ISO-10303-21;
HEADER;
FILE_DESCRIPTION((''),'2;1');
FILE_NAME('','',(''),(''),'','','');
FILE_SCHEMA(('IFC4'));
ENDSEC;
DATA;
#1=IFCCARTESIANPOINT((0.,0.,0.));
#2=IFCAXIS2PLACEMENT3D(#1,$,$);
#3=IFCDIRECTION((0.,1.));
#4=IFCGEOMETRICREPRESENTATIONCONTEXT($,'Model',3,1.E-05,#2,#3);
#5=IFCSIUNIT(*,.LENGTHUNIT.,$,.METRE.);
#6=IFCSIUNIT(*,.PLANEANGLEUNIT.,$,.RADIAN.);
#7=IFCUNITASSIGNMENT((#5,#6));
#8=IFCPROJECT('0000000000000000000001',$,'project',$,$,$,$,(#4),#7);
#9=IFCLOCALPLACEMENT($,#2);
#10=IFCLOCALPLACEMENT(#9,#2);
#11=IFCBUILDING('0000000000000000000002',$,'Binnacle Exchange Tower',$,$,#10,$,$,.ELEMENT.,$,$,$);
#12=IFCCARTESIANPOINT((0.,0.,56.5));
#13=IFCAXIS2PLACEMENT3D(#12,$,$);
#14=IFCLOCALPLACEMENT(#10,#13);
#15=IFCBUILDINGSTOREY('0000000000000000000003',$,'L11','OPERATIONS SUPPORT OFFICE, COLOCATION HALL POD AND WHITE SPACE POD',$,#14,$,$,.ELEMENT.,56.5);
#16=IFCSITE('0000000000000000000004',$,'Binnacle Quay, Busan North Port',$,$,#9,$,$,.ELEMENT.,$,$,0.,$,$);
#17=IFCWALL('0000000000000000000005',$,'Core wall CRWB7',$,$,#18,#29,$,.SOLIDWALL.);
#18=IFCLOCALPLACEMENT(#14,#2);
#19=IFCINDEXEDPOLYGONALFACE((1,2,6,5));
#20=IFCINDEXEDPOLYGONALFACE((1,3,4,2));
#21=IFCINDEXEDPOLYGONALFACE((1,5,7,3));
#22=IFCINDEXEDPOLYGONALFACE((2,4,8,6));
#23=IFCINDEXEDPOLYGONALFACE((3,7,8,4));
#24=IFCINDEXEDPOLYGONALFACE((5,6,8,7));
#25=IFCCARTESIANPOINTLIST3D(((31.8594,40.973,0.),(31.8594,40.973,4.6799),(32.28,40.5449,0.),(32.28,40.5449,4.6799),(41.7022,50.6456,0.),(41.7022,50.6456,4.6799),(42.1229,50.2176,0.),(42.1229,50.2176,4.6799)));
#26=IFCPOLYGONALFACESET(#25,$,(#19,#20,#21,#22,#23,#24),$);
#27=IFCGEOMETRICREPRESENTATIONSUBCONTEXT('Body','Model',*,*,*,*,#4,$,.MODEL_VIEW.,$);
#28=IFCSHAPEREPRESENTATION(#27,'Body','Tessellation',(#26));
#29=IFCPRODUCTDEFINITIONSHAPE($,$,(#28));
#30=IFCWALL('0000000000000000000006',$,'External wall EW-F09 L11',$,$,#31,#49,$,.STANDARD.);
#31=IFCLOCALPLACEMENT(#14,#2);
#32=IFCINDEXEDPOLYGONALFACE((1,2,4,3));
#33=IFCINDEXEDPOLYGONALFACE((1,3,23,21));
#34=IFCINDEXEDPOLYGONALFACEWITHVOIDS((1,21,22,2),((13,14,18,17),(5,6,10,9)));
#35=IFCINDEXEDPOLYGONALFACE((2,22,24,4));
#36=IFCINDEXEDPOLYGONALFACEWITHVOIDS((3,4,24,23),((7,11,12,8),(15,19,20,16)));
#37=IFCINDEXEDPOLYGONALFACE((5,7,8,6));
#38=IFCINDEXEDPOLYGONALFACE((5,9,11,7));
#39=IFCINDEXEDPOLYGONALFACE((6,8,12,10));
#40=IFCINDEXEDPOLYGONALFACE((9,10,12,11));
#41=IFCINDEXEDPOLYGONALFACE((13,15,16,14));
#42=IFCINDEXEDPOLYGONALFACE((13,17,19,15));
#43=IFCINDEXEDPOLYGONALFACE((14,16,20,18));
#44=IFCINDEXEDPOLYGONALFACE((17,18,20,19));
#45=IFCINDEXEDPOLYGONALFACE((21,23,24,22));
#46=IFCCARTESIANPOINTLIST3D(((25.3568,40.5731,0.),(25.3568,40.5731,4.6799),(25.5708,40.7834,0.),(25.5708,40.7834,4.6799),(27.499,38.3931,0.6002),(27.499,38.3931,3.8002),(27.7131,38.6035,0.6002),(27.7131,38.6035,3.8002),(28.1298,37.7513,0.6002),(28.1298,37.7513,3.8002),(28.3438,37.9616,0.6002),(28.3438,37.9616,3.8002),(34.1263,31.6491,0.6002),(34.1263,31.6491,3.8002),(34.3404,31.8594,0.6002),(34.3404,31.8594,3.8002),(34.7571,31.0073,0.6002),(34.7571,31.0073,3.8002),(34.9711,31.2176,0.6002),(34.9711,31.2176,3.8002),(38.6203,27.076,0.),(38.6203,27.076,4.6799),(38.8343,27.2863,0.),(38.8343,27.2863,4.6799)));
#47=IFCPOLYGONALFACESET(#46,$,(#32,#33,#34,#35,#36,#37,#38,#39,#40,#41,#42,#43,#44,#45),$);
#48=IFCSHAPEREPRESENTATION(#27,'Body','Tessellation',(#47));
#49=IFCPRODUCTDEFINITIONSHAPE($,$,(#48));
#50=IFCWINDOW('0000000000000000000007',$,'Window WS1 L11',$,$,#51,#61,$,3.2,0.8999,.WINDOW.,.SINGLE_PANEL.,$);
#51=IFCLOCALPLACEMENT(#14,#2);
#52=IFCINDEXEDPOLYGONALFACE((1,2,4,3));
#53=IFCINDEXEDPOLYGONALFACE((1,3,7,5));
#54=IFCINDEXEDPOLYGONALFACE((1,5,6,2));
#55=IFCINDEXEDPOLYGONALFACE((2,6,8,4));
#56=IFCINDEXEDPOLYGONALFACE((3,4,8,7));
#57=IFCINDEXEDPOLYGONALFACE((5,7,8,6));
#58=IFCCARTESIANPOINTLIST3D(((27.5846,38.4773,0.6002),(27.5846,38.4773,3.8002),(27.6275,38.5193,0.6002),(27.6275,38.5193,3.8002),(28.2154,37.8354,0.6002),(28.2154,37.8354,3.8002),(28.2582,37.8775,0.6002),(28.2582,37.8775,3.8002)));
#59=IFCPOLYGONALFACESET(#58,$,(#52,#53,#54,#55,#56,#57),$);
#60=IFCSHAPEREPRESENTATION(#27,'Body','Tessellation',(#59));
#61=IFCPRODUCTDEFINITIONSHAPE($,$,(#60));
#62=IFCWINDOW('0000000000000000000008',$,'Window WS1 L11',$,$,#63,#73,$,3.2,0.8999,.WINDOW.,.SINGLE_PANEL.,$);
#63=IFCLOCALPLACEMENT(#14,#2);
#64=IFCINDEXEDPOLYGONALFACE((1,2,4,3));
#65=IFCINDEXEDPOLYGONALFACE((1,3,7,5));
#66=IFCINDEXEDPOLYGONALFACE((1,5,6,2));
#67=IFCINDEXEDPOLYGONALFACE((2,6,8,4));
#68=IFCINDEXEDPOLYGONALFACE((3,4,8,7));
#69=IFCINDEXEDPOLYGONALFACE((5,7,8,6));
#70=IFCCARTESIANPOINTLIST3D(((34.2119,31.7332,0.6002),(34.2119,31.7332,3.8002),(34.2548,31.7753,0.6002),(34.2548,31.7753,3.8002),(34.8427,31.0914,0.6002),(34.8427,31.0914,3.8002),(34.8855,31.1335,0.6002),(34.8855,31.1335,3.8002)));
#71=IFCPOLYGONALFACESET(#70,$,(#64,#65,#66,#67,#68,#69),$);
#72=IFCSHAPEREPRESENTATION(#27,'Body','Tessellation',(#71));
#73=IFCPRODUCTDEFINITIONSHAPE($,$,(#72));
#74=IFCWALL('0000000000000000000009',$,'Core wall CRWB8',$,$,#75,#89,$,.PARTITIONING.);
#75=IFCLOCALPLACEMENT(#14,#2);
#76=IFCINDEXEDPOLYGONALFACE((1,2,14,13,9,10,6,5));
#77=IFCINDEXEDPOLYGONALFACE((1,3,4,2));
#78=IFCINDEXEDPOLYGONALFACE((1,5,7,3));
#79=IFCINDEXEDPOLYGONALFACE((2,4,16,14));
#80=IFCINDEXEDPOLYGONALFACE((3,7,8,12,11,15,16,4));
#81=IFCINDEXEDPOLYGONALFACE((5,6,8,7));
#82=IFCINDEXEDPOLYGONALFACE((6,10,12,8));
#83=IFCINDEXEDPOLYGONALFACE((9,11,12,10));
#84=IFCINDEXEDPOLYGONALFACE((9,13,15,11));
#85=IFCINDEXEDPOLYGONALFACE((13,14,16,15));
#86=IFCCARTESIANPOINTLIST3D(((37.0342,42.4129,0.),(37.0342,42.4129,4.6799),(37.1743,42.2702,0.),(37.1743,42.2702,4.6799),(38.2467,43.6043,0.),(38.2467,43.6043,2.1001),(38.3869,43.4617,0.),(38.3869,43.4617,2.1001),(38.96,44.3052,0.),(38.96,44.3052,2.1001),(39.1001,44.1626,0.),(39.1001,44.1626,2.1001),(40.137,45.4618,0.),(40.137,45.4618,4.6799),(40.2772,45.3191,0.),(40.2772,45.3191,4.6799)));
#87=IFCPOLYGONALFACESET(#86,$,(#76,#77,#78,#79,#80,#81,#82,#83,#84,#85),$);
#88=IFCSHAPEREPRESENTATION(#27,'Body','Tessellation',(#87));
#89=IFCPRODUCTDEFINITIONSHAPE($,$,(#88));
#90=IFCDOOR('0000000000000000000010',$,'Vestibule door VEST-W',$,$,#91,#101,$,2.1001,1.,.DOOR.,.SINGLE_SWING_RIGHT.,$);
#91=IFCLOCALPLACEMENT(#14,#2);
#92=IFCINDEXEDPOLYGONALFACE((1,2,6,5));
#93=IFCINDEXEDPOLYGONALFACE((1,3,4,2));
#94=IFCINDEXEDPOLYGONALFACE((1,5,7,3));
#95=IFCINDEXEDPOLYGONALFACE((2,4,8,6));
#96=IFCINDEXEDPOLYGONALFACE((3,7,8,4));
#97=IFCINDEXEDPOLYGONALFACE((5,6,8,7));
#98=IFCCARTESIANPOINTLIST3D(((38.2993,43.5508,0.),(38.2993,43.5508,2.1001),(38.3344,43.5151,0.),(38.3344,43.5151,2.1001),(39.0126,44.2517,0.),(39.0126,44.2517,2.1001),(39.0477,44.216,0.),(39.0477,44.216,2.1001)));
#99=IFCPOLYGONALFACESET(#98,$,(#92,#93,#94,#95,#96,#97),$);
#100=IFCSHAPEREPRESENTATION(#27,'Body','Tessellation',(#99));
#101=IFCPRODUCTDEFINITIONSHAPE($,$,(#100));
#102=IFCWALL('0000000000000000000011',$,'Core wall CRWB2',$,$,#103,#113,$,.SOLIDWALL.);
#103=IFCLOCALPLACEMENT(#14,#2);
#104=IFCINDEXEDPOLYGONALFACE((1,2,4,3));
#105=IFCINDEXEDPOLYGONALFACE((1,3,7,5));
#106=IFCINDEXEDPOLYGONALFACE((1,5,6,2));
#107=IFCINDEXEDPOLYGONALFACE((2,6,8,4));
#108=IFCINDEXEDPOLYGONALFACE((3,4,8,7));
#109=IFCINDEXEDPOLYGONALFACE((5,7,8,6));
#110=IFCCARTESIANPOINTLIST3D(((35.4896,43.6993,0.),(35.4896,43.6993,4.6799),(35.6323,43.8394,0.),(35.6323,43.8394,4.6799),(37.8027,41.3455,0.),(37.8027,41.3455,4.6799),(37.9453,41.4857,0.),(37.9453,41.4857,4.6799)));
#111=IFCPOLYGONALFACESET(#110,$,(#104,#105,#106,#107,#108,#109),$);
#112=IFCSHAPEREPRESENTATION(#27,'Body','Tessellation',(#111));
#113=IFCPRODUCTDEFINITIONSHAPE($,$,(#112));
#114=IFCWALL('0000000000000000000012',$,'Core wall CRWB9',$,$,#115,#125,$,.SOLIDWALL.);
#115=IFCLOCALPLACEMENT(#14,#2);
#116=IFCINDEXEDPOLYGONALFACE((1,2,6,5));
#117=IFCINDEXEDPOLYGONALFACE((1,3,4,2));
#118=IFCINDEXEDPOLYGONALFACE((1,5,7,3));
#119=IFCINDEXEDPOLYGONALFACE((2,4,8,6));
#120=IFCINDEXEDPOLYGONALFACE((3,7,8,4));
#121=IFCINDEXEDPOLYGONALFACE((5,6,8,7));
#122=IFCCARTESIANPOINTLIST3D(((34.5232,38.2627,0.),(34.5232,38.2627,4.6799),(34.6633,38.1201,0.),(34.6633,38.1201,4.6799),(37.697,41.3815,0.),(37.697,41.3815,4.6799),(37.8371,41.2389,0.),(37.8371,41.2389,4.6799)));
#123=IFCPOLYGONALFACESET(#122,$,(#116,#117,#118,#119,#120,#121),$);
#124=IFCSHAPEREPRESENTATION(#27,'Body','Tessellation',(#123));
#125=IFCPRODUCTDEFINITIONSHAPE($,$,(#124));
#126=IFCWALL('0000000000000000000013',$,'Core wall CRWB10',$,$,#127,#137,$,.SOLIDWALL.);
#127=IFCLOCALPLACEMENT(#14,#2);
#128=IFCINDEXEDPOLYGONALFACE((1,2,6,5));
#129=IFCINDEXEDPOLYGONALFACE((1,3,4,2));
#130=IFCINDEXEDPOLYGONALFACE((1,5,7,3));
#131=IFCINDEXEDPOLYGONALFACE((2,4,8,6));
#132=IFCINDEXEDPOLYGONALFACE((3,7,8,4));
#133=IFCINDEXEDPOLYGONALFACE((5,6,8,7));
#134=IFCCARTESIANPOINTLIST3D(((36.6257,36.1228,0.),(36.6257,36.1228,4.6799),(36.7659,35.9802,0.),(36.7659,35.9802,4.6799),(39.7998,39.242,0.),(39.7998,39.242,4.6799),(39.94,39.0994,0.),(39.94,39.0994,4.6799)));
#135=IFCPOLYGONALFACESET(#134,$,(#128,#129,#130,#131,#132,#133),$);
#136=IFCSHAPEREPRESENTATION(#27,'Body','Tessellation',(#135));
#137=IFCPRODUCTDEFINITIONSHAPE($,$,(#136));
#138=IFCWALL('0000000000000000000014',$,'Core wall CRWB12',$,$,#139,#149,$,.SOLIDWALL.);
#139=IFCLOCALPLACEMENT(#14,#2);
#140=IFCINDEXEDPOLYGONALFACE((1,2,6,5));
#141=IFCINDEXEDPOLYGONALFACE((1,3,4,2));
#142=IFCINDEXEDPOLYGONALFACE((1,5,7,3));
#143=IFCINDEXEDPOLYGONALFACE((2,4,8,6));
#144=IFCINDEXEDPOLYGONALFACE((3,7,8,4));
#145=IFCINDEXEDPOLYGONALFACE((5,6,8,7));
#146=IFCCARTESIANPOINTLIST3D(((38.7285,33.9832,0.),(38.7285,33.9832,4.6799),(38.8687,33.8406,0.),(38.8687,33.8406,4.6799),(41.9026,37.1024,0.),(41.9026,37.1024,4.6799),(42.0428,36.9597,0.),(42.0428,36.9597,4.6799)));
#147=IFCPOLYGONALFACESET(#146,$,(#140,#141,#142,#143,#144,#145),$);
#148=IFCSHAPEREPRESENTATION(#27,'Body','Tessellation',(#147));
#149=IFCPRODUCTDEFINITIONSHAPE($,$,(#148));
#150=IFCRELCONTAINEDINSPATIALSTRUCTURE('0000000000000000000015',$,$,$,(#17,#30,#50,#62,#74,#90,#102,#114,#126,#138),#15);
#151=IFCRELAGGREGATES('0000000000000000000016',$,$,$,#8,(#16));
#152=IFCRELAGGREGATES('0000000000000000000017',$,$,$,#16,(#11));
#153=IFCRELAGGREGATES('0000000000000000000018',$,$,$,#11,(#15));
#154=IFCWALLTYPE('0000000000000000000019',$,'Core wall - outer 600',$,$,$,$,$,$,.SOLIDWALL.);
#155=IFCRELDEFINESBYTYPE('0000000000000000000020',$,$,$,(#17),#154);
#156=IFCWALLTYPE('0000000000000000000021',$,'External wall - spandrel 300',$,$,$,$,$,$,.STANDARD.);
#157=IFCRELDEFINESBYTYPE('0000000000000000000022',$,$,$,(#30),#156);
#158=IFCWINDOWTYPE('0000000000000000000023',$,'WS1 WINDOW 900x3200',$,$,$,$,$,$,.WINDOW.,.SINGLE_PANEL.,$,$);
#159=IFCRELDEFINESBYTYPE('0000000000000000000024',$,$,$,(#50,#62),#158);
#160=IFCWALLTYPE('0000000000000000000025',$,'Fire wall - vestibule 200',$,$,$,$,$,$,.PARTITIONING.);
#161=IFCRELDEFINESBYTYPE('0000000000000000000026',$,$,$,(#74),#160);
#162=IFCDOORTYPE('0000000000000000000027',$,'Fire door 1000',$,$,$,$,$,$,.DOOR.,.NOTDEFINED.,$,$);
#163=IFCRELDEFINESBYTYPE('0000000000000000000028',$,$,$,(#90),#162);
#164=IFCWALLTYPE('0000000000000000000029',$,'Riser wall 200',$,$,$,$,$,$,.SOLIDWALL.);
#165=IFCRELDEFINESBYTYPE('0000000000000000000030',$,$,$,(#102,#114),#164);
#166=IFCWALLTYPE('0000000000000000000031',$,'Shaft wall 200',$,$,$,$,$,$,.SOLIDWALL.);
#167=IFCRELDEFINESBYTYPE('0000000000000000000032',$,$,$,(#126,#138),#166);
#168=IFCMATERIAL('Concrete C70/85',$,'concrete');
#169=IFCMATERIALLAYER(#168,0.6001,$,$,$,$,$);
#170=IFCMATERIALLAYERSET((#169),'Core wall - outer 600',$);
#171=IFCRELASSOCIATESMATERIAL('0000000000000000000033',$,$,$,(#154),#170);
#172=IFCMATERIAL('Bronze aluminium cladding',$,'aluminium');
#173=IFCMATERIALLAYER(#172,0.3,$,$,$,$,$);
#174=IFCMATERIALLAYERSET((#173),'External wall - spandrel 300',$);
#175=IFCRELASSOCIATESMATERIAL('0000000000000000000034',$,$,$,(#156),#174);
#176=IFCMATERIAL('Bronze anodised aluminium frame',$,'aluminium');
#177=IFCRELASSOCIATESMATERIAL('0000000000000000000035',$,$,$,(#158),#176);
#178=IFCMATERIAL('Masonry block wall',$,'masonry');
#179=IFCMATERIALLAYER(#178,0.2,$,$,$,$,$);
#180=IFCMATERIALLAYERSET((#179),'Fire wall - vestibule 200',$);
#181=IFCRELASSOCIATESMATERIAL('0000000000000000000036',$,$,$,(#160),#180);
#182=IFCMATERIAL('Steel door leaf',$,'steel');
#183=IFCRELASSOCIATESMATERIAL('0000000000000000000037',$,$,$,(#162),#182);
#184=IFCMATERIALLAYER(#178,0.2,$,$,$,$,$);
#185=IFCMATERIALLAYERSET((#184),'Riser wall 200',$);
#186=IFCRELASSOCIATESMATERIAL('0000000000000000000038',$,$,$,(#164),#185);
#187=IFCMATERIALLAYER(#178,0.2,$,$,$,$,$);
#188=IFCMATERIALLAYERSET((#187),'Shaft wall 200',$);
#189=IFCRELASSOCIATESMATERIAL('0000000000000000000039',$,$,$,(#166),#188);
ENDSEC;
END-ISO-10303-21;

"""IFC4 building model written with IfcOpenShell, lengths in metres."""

from ifc_helpers import new_model, si_unit, direction, frame, frame_2d, origin, place, context, subcontext, project, spatial, rectangle, extrude, material, layer, layer_set, type_object, element, fill, save


model = new_model("IFC4")

# Units and contexts
model_context = context("Model", 3, precision=1e-05, world=origin(), true_north=direction((0.0, 1.0)))
body_context = subcontext(model_context, "Body", "Model", "MODEL_VIEW")
ifc_project = project(units=[si_unit("LENGTHUNIT", "METRE"), si_unit("PLANEANGLEUNIT", "RADIAN")], contexts=[model_context])

# Site, building, storey
site_placement = place(None, origin())
site = spatial("IfcSite", under=ifc_project, at=site_placement, Name="Binnacle Quay, Busan North Port", CompositionType="ELEMENT", RefElevation=0.0)
building_placement = place(site_placement, origin())
building = spatial("IfcBuilding", under=site, at=building_placement, Name="Binnacle Exchange Tower", CompositionType="ELEMENT")
storey_placement = place(building_placement, frame((0.0, 0.0, 56.5)))
storey = spatial("IfcBuildingStorey", under=building, at=storey_placement, Name="L11", Description="OPERATIONS SUPPORT OFFICE, COLOCATION HALL POD AND WHITE SPACE POD", CompositionType="ELEMENT", Elevation=56.5)

# Shared definitions
ifc_material_1 = material(Name="Concrete C70/85", Category="concrete")

# Shared definitions
ifc_material_2 = material(Name="Steel door leaf", Category="steel")

# Wall
ifc_layer_1 = layer(ifc_material_1, 0.6001)
ifc_layer_set_1 = layer_set([ifc_layer_1], Name="Core wall - outer 600")
wall_type_1 = type_object("IfcWallType", Name="Core wall - outer 600", PredefinedType="SOLIDWALL", material=ifc_layer_set_1)
wall_1_placement = place(storey_placement, frame((32.0698, 40.759, 0.0), z_axis=(0.0, 0.0, 1.0), x_axis=(0.713245, 0.700914, 0.0)))
element("IfcWall", 1, at=wall_1_placement, inside=storey, type_object=wall_type_1, Name="Core wall CRWB7", PredefinedType="SOLIDWALL", context=body_context, shape_type="SweptSolid", body=[
    extrude(rectangle(XDim=13.8, YDim=0.6001, at=frame_2d((6.8999, 0.0))), origin(), (0.0, 0.0, 1.0), 4.6799),
])

# Wall, openings, windows
ifc_material_3 = material(Name="Bronze aluminium cladding", Category="aluminium")
ifc_layer_2 = layer(ifc_material_3, 0.3)
ifc_layer_set_2 = layer_set([ifc_layer_2], Name="External wall - spandrel 300")
wall_type_2 = type_object("IfcWallType", Name="External wall - spandrel 300", PredefinedType="STANDARD", material=ifc_layer_set_2)
wall_2_placement = place(storey_placement, frame((38.7273, 27.1812, 0.0), z_axis=(0.0, 0.0, 1.0), x_axis=(-0.700906, 0.713253, 0.0)))
wall_2 = element("IfcWall", 2, at=wall_2_placement, inside=storey, type_object=wall_type_2, Name="External wall EW-F09 L11", PredefinedType="STANDARD", context=body_context, shape_type="SweptSolid", body=[
    extrude(rectangle(XDim=18.9233, YDim=0.3, at=frame_2d((9.4617, 0.0))), origin(), (0.0, 0.0, 1.0), 4.6799),
])
opening_1_placement = place(wall_2_placement, frame((14.967, 0.0, 0.6001)))
opening_1 = element("IfcOpeningElement", 3, at=opening_1_placement, cuts=wall_2, PredefinedType="OPENING", context=body_context, shape_type="SweptSolid", body=[
    extrude(rectangle(XDim=0.8999, YDim=3.2, at=frame_2d((0.45, 1.6001))), frame((0.0, 0.1599, 0.0), z_axis=(0.0, -1.0, 0.0), x_axis=(1.0, 0.0, 0.0)), (0.0, 0.0, 1.0), 0.3201),
])
opening_2_placement = place(wall_2_placement, frame((5.5117, 0.0, 0.6001)))
opening_2 = element("IfcOpeningElement", 4, at=opening_2_placement, cuts=wall_2, PredefinedType="OPENING", context=body_context, shape_type="SweptSolid", body=[
    extrude(rectangle(XDim=0.8999, YDim=3.2, at=frame_2d((0.45, 1.6001))), frame((0.0, 0.1599, 0.0), z_axis=(0.0, -1.0, 0.0), x_axis=(1.0, 0.0, 0.0)), (0.0, 0.0, 1.0), 0.3201),
])
ifc_material_4 = material(Name="Bronze anodised aluminium frame", Category="aluminium")
window_type = type_object("IfcWindowType", Name="WS1 WINDOW 900x3200", PartitioningType="SINGLE_PANEL", PredefinedType="WINDOW", material=ifc_material_4)
window_1_placement = place(opening_1_placement, origin())
window_1 = element("IfcWindow", 5, at=window_1_placement, inside=storey, type_object=window_type, Name="Window WS1 L11", OverallHeight=3.2, OverallWidth=0.8999, PartitioningType="SINGLE_PANEL", PredefinedType="WINDOW", context=body_context, shape_type="SweptSolid", body=[
    extrude(rectangle(XDim=0.8999, YDim=3.2, at=frame_2d((0.45, 1.6001))), frame((0.0, 0.03, 0.0), z_axis=(0.0, -1.0, 0.0), x_axis=(1.0, 0.0, 0.0)), (0.0, 0.0, 1.0), 0.0601),
])
fill(opening_1, window_1)
window_2_placement = place(opening_2_placement, origin())
window_2 = element("IfcWindow", 6, at=window_2_placement, inside=storey, type_object=window_type, Name="Window WS1 L11", OverallHeight=3.2, OverallWidth=0.8999, PartitioningType="SINGLE_PANEL", PredefinedType="WINDOW", context=body_context, shape_type="SweptSolid", body=[
    extrude(rectangle(XDim=0.8999, YDim=3.2, at=frame_2d((0.45, 1.6001))), frame((0.0, 0.03, 0.0), z_axis=(0.0, -1.0, 0.0), x_axis=(1.0, 0.0, 0.0)), (0.0, 0.0, 1.0), 0.0601),
])
fill(opening_2, window_2)

# Wall, opening, door
ifc_material_5 = material(Name="Masonry block wall", Category="masonry")
ifc_layer_3 = layer(ifc_material_5, 0.2)
ifc_layer_set_3 = layer_set([ifc_layer_3], Name="Fire wall - vestibule 200")
wall_type_3 = type_object("IfcWallType", Name="Fire wall - vestibule 200", PredefinedType="PARTITIONING", material=ifc_layer_set_3)
wall_3_placement = place(storey_placement, frame((37.1042, 42.3416, 0.0), z_axis=(0.0, 0.0, 1.0), x_axis=(0.713281, 0.700878, 0.0)))
wall_3 = element("IfcWall", 7, at=wall_3_placement, inside=storey, type_object=wall_type_3, Name="Core wall CRWB8", PredefinedType="PARTITIONING", context=body_context, shape_type="SweptSolid", body=[
    extrude(rectangle(XDim=4.3501, YDim=0.2, at=frame_2d((2.175, 0.0))), origin(), (0.0, 0.0, 1.0), 4.6799),
])
opening_3_placement = place(wall_3_placement, frame((1.7, 0.0, 0.0)))
opening_3 = element("IfcOpeningElement", 8, at=opening_3_placement, cuts=wall_3, PredefinedType="OPENING", context=body_context, shape_type="SweptSolid", body=[
    extrude(rectangle(XDim=1.0, YDim=2.1001, at=frame_2d((0.5, 1.05))), frame((0.0, 0.1099, 0.0), z_axis=(0.0, -1.0, 0.0), x_axis=(1.0, 0.0, 0.0)), (0.0, 0.0, 1.0), 0.22),
])
door_type_1 = type_object("IfcDoorType", Name="Fire door 1000", OperationType="NOTDEFINED", PredefinedType="DOOR", material=ifc_material_2)
door_1_placement = place(opening_3_placement, origin())
door_1 = element("IfcDoor", 9, at=door_1_placement, inside=storey, type_object=door_type_1, Name="Vestibule door VEST-W", OperationType="SINGLE_SWING_RIGHT", OverallHeight=2.1001, OverallWidth=1.0, PredefinedType="DOOR", context=body_context, shape_type="SweptSolid", body=[
    extrude(rectangle(XDim=1.0, YDim=2.1001, at=frame_2d((0.5, 1.05))), frame((0.0, 0.0249, 0.0), z_axis=(0.0, -1.0, 0.0), x_axis=(1.0, 0.0, 0.0)), (0.0, 0.0, 1.0), 0.05),
])
fill(opening_3, door_1)

# Walls
ifc_layer_4 = layer(ifc_material_5, 0.2)
ifc_layer_set_4 = layer_set([ifc_layer_4], Name="Riser wall 200")
wall_type_4 = type_object("IfcWallType", Name="Riser wall 200", PredefinedType="SOLIDWALL", material=ifc_layer_set_4)
wall_4_placement = place(storey_placement, frame((35.561, 43.7693, 0.0), z_axis=(0.0, 0.0, 1.0), x_axis=(0.700902, -0.713257, 0.0)))
element("IfcWall", 10, at=wall_4_placement, inside=storey, type_object=wall_type_4, Name="Core wall CRWB2", PredefinedType="SOLIDWALL", context=body_context, shape_type="SweptSolid", body=[
    extrude(rectangle(XDim=3.3, YDim=0.2, at=frame_2d((1.6499, 0.0))), origin(), (0.0, 0.0, 1.0), 4.6799),
])
wall_5_placement = place(storey_placement, frame((34.5933, 38.1914, 0.0), z_axis=(0.0, 0.0, 1.0), x_axis=(0.713252, 0.700907, 0.0)))
element("IfcWall", 11, at=wall_5_placement, inside=storey, type_object=wall_type_4, Name="Core wall CRWB9", PredefinedType="SOLIDWALL", context=body_context, shape_type="SweptSolid", body=[
    extrude(rectangle(XDim=4.4497, YDim=0.2, at=frame_2d((2.2249, 0.0))), origin(), (0.0, 0.0, 1.0), 4.6799),
])
ifc_layer_5 = layer(ifc_material_5, 0.2)
ifc_layer_set_5 = layer_set([ifc_layer_5], Name="Shaft wall 200")
wall_type_5 = type_object("IfcWallType", Name="Shaft wall 200", PredefinedType="SOLIDWALL", material=ifc_layer_set_5)
for number, where, z_axis, x_axis, name in (
    (12, (36.6958, 36.0515, 0.0), (0.0, 0.0, 1.0), (0.713252, 0.700908, 0.0), "Core wall CRWB10"),
    (13, (38.7986, 33.9119, 0.0), (0.0, 0.0, 1.0), (0.713252, 0.700908, 0.0), "Core wall CRWB12"),
):
    element("IfcWall", number, at=place(storey_placement, frame(where, z_axis=z_axis, x_axis=x_axis)), inside=storey, type_object=wall_type_5, Name=name, PredefinedType="SOLIDWALL", context=body_context, shape_type="SweptSolid", body=[
        extrude(rectangle(XDim=4.4502, YDim=0.2, at=frame_2d((2.2251, 0.0))), origin(), (0.0, 0.0, 1.0), 4.6799),
    ])

save(model, "model.ifc")
